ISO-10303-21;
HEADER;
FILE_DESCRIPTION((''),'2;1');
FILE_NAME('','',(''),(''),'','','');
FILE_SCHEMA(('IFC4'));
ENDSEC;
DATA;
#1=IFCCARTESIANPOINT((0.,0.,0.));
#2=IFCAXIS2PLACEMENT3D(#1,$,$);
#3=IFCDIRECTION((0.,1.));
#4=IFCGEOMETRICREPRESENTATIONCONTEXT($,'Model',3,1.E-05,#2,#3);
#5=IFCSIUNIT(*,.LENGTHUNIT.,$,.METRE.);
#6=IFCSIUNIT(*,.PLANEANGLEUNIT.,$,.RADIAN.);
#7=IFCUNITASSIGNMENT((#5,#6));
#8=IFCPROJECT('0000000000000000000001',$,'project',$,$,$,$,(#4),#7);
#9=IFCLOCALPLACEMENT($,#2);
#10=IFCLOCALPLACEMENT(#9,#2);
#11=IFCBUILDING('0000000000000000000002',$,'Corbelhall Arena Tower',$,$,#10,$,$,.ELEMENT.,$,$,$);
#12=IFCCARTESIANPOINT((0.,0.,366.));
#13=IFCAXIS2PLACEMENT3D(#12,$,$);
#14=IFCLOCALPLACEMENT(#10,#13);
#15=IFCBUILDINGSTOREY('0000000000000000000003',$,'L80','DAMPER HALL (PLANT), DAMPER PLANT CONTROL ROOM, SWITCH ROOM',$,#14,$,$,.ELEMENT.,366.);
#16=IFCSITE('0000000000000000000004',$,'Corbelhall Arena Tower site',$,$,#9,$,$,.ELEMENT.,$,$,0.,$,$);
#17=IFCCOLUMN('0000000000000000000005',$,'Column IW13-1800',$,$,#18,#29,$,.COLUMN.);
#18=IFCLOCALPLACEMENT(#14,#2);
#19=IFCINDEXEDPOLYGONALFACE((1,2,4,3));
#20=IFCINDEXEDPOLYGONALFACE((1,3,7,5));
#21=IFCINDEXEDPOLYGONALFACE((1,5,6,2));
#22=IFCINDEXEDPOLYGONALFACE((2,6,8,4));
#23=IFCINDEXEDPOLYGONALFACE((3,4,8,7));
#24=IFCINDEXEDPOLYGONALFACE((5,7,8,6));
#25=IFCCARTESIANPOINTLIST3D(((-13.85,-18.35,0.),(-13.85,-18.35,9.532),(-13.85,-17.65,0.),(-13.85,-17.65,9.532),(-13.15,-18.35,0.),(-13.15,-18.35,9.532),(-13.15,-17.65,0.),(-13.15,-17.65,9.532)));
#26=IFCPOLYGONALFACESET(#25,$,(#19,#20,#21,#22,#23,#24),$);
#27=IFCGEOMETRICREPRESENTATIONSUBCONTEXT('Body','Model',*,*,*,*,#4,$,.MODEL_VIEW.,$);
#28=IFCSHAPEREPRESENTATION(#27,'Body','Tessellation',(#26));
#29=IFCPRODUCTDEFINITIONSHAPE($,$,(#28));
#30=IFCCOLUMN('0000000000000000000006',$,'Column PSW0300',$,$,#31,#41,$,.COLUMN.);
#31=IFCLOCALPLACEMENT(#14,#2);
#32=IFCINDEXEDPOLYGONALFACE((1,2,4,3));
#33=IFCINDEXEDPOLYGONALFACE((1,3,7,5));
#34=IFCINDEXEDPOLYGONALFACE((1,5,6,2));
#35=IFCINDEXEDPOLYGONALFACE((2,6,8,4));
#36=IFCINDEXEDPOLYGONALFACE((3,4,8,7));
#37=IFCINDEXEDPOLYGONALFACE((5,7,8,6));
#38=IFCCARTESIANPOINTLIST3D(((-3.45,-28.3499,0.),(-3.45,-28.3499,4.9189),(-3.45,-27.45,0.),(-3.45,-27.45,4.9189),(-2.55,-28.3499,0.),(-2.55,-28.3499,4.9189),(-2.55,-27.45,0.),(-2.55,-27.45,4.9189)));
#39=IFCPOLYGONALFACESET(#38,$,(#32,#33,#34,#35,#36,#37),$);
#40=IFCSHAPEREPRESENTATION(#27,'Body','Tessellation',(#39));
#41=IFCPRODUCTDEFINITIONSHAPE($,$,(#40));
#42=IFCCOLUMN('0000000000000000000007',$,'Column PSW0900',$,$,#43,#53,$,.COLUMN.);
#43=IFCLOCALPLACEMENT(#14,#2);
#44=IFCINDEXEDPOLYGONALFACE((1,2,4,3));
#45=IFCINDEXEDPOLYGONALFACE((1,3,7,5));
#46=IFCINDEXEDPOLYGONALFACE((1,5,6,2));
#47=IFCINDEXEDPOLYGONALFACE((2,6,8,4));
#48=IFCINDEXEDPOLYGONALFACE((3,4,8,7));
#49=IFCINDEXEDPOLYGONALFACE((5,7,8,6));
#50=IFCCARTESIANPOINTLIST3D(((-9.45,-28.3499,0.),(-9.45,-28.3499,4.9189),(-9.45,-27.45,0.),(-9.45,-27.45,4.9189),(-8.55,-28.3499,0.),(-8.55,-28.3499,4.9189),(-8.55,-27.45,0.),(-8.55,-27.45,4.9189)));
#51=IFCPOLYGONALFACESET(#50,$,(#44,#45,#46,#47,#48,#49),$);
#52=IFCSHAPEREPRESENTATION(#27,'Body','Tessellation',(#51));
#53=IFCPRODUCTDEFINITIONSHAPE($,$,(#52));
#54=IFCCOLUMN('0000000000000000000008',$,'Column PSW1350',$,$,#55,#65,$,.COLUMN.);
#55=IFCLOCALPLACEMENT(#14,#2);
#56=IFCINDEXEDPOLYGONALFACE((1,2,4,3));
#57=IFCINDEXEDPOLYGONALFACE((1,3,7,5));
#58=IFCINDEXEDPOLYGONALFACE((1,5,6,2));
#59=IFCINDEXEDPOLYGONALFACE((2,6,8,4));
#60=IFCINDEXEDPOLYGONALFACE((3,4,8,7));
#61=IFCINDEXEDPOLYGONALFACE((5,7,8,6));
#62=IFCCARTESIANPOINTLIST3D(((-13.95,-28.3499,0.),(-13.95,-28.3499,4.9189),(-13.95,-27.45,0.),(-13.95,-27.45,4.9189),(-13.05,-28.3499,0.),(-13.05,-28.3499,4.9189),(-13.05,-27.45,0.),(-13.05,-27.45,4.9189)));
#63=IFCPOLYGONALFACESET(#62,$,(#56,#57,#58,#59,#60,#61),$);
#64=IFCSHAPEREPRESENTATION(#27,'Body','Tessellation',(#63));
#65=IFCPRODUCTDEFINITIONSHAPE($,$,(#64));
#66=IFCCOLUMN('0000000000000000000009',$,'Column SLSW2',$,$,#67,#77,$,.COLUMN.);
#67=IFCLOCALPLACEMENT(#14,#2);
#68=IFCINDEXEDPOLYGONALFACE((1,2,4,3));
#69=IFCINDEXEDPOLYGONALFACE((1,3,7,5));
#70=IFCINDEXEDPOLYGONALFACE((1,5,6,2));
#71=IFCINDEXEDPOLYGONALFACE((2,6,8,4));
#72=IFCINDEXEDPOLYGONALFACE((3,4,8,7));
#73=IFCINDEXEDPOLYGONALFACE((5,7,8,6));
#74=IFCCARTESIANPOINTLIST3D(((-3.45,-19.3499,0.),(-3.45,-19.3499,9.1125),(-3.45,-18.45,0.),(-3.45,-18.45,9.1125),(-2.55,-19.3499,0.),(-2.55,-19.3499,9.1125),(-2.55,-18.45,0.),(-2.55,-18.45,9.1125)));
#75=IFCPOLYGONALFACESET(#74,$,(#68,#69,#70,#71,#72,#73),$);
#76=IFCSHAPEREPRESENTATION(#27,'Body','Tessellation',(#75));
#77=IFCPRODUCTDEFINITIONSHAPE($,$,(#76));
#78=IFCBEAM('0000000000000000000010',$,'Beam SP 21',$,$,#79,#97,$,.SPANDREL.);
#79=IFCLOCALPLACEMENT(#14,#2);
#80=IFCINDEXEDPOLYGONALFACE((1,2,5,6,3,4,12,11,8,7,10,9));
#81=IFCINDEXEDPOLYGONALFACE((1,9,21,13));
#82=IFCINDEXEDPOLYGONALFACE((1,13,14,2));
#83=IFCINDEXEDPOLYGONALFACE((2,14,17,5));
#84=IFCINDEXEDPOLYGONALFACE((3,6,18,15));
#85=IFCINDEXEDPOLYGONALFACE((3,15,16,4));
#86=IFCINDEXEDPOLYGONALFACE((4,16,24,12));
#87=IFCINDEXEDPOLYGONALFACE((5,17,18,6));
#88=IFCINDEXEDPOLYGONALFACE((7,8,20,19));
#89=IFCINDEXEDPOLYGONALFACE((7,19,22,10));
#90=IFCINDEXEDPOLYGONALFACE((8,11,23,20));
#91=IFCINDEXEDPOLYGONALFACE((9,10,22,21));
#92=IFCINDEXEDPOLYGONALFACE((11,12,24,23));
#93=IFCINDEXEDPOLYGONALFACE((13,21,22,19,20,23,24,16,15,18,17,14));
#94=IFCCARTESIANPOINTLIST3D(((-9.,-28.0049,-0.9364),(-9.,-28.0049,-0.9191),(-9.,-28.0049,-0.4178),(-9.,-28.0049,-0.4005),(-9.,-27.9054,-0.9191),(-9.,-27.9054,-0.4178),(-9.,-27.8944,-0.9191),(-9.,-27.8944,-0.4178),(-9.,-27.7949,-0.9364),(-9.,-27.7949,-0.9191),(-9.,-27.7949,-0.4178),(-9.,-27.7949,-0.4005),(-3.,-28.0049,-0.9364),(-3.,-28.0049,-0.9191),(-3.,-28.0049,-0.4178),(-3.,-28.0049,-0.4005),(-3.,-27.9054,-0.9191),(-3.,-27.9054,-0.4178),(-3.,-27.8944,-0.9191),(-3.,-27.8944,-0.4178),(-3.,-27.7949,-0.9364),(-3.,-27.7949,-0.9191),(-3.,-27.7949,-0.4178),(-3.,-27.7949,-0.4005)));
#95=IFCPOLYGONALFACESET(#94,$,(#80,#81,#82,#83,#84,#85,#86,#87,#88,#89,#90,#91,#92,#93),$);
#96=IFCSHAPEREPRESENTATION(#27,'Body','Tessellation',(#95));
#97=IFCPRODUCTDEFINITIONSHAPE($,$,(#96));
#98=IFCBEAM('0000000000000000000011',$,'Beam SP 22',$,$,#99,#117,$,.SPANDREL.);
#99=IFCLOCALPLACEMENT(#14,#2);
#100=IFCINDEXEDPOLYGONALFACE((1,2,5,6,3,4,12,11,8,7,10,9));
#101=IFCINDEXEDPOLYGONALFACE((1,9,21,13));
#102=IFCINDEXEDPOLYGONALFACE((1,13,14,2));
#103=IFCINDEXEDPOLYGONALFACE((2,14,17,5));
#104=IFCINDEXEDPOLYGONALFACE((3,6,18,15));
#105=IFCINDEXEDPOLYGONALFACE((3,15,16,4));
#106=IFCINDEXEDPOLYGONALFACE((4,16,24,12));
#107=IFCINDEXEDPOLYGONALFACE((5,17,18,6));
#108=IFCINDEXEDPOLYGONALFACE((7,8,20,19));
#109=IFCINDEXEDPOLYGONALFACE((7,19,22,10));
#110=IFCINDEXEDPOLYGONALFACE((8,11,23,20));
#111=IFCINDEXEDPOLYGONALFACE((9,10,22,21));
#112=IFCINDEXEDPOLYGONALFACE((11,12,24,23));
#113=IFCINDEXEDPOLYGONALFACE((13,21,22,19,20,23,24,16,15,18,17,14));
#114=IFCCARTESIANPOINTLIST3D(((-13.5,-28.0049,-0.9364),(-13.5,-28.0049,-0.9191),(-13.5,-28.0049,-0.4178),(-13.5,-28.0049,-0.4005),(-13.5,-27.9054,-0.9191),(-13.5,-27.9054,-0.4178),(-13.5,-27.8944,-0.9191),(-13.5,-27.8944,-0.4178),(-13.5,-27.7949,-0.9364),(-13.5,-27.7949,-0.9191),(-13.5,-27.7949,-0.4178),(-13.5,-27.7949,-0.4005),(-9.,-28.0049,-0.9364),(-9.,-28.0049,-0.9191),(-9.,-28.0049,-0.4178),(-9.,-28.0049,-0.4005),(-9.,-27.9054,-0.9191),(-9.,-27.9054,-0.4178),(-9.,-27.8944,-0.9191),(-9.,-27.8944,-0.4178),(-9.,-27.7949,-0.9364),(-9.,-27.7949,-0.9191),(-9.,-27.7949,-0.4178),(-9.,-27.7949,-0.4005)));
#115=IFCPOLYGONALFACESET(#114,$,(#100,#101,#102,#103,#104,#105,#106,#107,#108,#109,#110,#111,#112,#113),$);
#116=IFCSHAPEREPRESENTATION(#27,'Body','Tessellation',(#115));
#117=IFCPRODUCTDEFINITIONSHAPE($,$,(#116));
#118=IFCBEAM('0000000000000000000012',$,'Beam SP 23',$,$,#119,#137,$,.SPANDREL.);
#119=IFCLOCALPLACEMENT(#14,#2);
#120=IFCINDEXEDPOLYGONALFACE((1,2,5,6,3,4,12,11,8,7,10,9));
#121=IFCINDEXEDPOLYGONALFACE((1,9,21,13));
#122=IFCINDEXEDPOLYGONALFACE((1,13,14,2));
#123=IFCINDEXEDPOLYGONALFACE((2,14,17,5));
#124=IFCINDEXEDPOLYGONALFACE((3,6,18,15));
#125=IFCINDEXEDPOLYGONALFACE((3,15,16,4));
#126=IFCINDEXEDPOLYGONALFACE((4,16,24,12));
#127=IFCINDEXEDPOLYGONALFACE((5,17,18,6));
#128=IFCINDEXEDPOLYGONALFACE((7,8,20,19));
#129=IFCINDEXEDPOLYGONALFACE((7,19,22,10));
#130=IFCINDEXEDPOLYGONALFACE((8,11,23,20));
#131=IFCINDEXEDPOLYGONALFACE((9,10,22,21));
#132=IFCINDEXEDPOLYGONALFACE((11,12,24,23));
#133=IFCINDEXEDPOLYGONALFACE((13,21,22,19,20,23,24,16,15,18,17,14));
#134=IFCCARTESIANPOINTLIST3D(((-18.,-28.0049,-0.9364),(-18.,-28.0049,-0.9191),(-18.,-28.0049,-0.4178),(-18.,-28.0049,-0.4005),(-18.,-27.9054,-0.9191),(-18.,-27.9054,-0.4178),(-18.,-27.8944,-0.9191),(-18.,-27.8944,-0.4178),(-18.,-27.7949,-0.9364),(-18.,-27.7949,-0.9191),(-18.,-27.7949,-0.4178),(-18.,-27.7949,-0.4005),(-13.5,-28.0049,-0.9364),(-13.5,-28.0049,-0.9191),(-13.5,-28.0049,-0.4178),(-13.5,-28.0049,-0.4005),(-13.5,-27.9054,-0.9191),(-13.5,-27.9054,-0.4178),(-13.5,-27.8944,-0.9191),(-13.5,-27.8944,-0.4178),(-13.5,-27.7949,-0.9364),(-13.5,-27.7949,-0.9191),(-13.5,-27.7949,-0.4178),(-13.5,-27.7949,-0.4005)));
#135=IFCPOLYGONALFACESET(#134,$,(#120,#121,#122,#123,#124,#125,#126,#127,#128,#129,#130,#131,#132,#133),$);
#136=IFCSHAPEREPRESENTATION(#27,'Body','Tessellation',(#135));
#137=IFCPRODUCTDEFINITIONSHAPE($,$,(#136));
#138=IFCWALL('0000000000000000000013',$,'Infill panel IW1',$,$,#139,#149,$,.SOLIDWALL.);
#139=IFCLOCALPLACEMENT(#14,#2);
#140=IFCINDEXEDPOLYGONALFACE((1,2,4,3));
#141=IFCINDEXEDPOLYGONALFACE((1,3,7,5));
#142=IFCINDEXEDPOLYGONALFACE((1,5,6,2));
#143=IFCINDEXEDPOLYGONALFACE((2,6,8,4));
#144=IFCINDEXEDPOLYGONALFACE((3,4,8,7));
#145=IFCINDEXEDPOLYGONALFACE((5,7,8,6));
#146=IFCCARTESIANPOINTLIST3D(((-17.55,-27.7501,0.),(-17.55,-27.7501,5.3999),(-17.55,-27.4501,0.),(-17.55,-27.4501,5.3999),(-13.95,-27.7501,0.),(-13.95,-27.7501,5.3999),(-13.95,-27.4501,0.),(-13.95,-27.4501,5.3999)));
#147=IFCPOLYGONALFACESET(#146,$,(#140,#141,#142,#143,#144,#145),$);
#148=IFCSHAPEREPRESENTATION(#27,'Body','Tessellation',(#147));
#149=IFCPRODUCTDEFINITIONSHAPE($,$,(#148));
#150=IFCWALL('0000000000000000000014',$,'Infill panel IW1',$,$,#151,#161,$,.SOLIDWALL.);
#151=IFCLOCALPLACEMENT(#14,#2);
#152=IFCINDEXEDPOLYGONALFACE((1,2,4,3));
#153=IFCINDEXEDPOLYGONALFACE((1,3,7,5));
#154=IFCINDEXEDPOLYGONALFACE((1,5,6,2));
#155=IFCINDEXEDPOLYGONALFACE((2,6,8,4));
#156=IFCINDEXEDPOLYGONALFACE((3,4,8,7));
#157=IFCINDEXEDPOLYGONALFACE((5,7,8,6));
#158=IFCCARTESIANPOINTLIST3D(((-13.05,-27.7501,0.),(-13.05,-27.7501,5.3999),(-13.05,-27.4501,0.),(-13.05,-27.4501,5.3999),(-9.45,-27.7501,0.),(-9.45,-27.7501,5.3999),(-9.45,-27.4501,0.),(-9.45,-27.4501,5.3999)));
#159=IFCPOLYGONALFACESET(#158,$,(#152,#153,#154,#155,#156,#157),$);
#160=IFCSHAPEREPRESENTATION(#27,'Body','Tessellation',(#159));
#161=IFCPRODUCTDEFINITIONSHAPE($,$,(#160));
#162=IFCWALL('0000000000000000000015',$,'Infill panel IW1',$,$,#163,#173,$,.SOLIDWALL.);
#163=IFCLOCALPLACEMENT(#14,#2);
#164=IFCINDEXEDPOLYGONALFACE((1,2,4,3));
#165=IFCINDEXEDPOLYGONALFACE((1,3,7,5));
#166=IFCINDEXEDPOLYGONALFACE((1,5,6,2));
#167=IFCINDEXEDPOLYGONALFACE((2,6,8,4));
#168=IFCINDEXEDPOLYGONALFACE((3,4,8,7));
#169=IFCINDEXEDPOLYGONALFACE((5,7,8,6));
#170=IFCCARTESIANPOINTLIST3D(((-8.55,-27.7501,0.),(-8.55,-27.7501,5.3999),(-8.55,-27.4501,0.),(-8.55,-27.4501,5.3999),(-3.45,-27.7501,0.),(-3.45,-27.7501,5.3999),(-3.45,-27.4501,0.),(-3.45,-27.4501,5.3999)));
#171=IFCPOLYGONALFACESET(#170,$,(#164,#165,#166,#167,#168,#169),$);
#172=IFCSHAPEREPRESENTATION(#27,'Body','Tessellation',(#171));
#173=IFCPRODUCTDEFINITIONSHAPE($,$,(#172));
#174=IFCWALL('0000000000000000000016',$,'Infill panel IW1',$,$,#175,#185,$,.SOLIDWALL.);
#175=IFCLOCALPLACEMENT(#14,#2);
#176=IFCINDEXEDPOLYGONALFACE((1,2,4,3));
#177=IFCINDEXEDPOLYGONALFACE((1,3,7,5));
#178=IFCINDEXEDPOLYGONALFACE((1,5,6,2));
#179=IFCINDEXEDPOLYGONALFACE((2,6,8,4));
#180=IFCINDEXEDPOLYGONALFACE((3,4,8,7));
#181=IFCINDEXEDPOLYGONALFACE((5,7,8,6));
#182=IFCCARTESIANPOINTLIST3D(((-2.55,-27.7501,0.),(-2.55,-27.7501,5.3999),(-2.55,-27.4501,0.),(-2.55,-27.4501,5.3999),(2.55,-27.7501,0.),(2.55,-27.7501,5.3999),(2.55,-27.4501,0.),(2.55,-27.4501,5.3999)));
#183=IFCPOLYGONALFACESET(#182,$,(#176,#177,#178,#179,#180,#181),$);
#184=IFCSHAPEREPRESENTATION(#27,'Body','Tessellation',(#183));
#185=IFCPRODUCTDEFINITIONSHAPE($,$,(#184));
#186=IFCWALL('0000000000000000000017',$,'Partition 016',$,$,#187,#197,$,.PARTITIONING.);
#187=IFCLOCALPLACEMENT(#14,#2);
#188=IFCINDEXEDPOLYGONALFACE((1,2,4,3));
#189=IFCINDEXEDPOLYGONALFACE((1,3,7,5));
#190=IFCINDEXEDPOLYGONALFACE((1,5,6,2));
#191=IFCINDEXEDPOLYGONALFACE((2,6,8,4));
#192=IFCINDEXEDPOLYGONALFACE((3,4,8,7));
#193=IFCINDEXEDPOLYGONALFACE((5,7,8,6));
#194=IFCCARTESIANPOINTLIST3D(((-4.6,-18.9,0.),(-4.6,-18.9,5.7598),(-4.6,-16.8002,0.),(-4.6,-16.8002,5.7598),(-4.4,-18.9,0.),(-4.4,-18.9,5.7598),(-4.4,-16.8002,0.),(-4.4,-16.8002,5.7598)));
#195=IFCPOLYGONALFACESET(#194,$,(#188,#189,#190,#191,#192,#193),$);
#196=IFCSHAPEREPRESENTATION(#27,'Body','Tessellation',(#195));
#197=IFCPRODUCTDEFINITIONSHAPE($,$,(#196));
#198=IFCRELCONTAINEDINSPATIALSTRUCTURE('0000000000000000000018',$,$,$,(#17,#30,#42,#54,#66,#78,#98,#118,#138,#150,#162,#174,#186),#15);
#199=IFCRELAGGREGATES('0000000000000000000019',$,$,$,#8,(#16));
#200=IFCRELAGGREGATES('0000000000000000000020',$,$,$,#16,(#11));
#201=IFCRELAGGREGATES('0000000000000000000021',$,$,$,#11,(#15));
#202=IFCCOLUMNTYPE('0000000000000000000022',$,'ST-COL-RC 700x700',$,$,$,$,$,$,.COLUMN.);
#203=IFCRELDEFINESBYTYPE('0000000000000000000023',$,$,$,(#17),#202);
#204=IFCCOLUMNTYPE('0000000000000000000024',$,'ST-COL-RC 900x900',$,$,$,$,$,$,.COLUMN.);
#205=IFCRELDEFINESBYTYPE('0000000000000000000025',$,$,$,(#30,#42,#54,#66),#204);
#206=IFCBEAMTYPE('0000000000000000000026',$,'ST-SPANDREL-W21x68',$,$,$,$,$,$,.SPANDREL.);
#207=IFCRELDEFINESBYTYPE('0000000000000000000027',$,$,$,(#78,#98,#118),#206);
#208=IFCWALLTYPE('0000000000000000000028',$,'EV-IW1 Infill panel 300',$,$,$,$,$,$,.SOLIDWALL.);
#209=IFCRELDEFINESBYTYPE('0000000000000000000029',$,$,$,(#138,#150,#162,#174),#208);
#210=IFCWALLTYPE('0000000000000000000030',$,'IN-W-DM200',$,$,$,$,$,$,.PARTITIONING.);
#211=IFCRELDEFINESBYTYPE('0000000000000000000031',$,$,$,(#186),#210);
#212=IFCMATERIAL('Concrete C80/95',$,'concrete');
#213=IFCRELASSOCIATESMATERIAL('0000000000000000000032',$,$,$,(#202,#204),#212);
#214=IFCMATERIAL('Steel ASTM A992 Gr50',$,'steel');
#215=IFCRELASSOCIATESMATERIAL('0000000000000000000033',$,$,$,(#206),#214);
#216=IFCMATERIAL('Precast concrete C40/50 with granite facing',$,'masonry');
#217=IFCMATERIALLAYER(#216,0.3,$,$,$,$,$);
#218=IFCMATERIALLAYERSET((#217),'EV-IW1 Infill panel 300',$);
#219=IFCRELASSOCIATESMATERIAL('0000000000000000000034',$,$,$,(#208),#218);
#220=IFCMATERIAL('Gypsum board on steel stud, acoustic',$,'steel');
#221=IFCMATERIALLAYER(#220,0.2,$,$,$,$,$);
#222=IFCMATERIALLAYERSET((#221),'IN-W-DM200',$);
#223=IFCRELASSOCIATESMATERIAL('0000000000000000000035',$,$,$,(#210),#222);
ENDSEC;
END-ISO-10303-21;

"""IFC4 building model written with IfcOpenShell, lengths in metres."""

from ifc_helpers import new_model, si_unit, direction, frame, frame_2d, origin, origin_2d, place, context, subcontext, project, spatial, rectangle, i_section, extrude, material, layer, layer_set, material_profile, profile_set, type_object, element, save


model = new_model("IFC4")

# Units and contexts
model_context = context("Model", 3, precision=1e-05, world=origin(), true_north=direction((0.0, 1.0)))
body_context = subcontext(model_context, "Body", "Model", "MODEL_VIEW")
ifc_project = project(units=[si_unit("LENGTHUNIT", "METRE"), si_unit("PLANEANGLEUNIT", "RADIAN")], contexts=[model_context])

# Site, building, storey
site_placement = place(None, origin())
site = spatial("IfcSite", under=ifc_project, at=site_placement, Name="Corbelhall Arena Tower site", CompositionType="ELEMENT", RefElevation=0.0)
building_placement = place(site_placement, origin())
building = spatial("IfcBuilding", under=site, at=building_placement, Name="Corbelhall Arena Tower", CompositionType="ELEMENT")
storey_placement = place(building_placement, frame((0.0, 0.0, 366.0)))
storey = spatial("IfcBuildingStorey", under=building, at=storey_placement, Name="L80", Description="DAMPER HALL (PLANT), DAMPER PLANT CONTROL ROOM, SWITCH ROOM", CompositionType="ELEMENT", Elevation=366.0)

# Columns
ifc_material_1 = material(Name="Concrete C80/95", Category="concrete")
ifc_material_profile_1 = material_profile(ifc_material_1, rectangle(XDim=0.7, YDim=0.7, at=origin_2d()))
ifc_profile_set_1 = profile_set([ifc_material_profile_1], Name="Concrete C80/95")
column_type_1 = type_object("IfcColumnType", Name="ST-COL-RC 700x700", PredefinedType="COLUMN", material=ifc_profile_set_1)
column_1_placement = place(storey_placement, frame((-13.5, -18.0, 0.0), z_axis=(0.0, 0.0, 1.0), x_axis=(1.0, 0.0, 0.0)))
element("IfcColumn", 1, at=column_1_placement, inside=storey, type_object=column_type_1, Name="Column IW13-1800", PredefinedType="COLUMN", context=body_context, shape_type="SweptSolid", body=[
    extrude(rectangle(XDim=0.7, YDim=0.7, at=origin_2d()), origin(), (0.0, 0.0, 1.0), 9.532),
])
ifc_material_profile_2 = material_profile(ifc_material_1, rectangle(XDim=0.8999, YDim=0.8999, at=origin_2d()))
ifc_profile_set_2 = profile_set([ifc_material_profile_2], Name="Concrete C80/95")
column_type_2 = type_object("IfcColumnType", Name="ST-COL-RC 900x900", PredefinedType="COLUMN", material=ifc_profile_set_2)
for number, where, z_axis, x_axis, name in (
    (2, (-3.0, -27.8999, 0.0), (0.0, 0.0, 1.0), (1.0, 0.0, 0.0), "Column PSW0300"),
    (3, (-9.0, -27.8999, 0.0), (0.0, 0.0, 1.0), (1.0, 0.0, 0.0), "Column PSW0900"),
    (4, (-13.5, -27.8999, 0.0), (0.0, 0.0, 1.0), (1.0, 0.0, 0.0), "Column PSW1350"),
):
    element("IfcColumn", number, at=place(storey_placement, frame(where, z_axis=z_axis, x_axis=x_axis)), inside=storey, type_object=column_type_2, Name=name, PredefinedType="COLUMN", context=body_context, shape_type="SweptSolid", body=[
        extrude(rectangle(XDim=0.8999, YDim=0.8999, at=origin_2d()), origin(), (0.0, 0.0, 1.0), 4.9189),
    ])
column_2_placement = place(storey_placement, frame((-3.0, -18.8999, 0.0), z_axis=(0.0, 0.0, 1.0), x_axis=(1.0, 0.0, 0.0)))
element("IfcColumn", 5, at=column_2_placement, inside=storey, type_object=column_type_2, Name="Column SLSW2", PredefinedType="COLUMN", context=body_context, shape_type="SweptSolid", body=[
    extrude(rectangle(XDim=0.8999, YDim=0.8999, at=origin_2d()), origin(), (0.0, 0.0, 1.0), 9.1125),
])

# Beams
ifc_material_2 = material(Name="Steel ASTM A992 Gr50", Category="steel")
ifc_material_profile_3 = material_profile(ifc_material_2, i_section(OverallWidth=0.21, OverallDepth=0.5359, WebThickness=0.011, FlangeThickness=0.0173, at=origin_2d()))
ifc_profile_set_3 = profile_set([ifc_material_profile_3], Name="Steel ASTM A992 Gr50")
beam_type = type_object("IfcBeamType", Name="ST-SPANDREL-W21x68", PredefinedType="SPANDREL", material=ifc_profile_set_3)
beam_placement = place(storey_placement, frame((-3.0, -27.8999, -0.6685), z_axis=(-1.0, 0.0, 0.0), x_axis=(0.0, -1.0, 0.0)))
element("IfcBeam", 6, at=beam_placement, inside=storey, type_object=beam_type, Name="Beam SP 21", PredefinedType="SPANDREL", context=body_context, shape_type="SweptSolid", body=[
    extrude(i_section(OverallWidth=0.21, OverallDepth=0.5359, WebThickness=0.011, FlangeThickness=0.0173, at=origin_2d()), origin(), (0.0, 0.0, 1.0), 6.0),
])
for number, where, z_axis, x_axis, name in (
    (7, (-9.0, -27.8999, -0.6685), (-1.0, 0.0, 0.0), (0.0, -1.0, 0.0), "Beam SP 22"),
    (8, (-13.5, -27.8999, -0.6685), (-1.0, 0.0, 0.0), (0.0, -1.0, 0.0), "Beam SP 23"),
):
    element("IfcBeam", number, at=place(storey_placement, frame(where, z_axis=z_axis, x_axis=x_axis)), inside=storey, type_object=beam_type, Name=name, PredefinedType="SPANDREL", context=body_context, shape_type="SweptSolid", body=[
        extrude(i_section(OverallWidth=0.21, OverallDepth=0.5359, WebThickness=0.011, FlangeThickness=0.0173, at=origin_2d()), origin(), (0.0, 0.0, 1.0), 4.5),
    ])

# Walls
ifc_material_3 = material(Name="Precast concrete C40/50 with granite facing", Category="masonry")
ifc_layer_1 = layer(ifc_material_3, 0.3)
ifc_layer_set_1 = layer_set([ifc_layer_1], Name="EV-IW1 Infill panel 300")
wall_type_1 = type_object("IfcWallType", Name="EV-IW1 Infill panel 300", PredefinedType="SOLIDWALL", material=ifc_layer_set_1)
for number, where, z_axis, x_axis, name in (
    (9, (-17.55, -27.6001, 0.0), (0.0, 0.0, 1.0), (1.0, 0.0, 0.0), "Infill panel IW1"),
    (10, (-13.05, -27.6001, 0.0), (0.0, 0.0, 1.0), (1.0, 0.0, 0.0), "Infill panel IW1"),
):
    element("IfcWall", number, at=place(storey_placement, frame(where, z_axis=z_axis, x_axis=x_axis)), inside=storey, type_object=wall_type_1, Name=name, PredefinedType="SOLIDWALL", context=body_context, shape_type="SweptSolid", body=[
        extrude(rectangle(XDim=3.6001, YDim=0.3, at=frame_2d((1.8, 0.0))), origin(), (0.0, 0.0, 1.0), 5.3999),
    ])
for number, where, z_axis, x_axis, name in (
    (11, (-8.55, -27.6001, 0.0), (0.0, 0.0, 1.0), (1.0, 0.0, 0.0), "Infill panel IW1"),
    (12, (-2.55, -27.6001, 0.0), (0.0, 0.0, 1.0), (1.0, 0.0, 0.0), "Infill panel IW1"),
):
    element("IfcWall", number, at=place(storey_placement, frame(where, z_axis=z_axis, x_axis=x_axis)), inside=storey, type_object=wall_type_1, Name=name, PredefinedType="SOLIDWALL", context=body_context, shape_type="SweptSolid", body=[
        extrude(rectangle(XDim=5.1001, YDim=0.3, at=frame_2d((2.55, 0.0))), origin(), (0.0, 0.0, 1.0), 5.3999),
    ])

# Shared definitions
ifc_material_4 = material(Name="Gypsum board on steel stud, acoustic", Category="steel")
ifc_layer_2 = layer(ifc_material_4, 0.2)
ifc_layer_set_2 = layer_set([ifc_layer_2], Name="IN-W-DM200")
wall_type_2 = type_object("IfcWallType", Name="IN-W-DM200", PredefinedType="PARTITIONING", material=ifc_layer_set_2)

# Wall
wall_1_placement = place(storey_placement, frame((-4.5, -18.8999, 0.0), z_axis=(0.0, 0.0, 1.0), x_axis=(0.0, 1.0, 0.0)))
element("IfcWall", 13, at=wall_1_placement, inside=storey, type_object=wall_type_2, Name="Partition 016", PredefinedType="PARTITIONING", context=body_context, shape_type="SweptSolid", body=[
    extrude(rectangle(XDim=2.0999, YDim=0.2, at=frame_2d((1.0498, 0.0))), origin(), (0.0, 0.0, 1.0), 5.7598),
])

save(model, "model.ifc")
